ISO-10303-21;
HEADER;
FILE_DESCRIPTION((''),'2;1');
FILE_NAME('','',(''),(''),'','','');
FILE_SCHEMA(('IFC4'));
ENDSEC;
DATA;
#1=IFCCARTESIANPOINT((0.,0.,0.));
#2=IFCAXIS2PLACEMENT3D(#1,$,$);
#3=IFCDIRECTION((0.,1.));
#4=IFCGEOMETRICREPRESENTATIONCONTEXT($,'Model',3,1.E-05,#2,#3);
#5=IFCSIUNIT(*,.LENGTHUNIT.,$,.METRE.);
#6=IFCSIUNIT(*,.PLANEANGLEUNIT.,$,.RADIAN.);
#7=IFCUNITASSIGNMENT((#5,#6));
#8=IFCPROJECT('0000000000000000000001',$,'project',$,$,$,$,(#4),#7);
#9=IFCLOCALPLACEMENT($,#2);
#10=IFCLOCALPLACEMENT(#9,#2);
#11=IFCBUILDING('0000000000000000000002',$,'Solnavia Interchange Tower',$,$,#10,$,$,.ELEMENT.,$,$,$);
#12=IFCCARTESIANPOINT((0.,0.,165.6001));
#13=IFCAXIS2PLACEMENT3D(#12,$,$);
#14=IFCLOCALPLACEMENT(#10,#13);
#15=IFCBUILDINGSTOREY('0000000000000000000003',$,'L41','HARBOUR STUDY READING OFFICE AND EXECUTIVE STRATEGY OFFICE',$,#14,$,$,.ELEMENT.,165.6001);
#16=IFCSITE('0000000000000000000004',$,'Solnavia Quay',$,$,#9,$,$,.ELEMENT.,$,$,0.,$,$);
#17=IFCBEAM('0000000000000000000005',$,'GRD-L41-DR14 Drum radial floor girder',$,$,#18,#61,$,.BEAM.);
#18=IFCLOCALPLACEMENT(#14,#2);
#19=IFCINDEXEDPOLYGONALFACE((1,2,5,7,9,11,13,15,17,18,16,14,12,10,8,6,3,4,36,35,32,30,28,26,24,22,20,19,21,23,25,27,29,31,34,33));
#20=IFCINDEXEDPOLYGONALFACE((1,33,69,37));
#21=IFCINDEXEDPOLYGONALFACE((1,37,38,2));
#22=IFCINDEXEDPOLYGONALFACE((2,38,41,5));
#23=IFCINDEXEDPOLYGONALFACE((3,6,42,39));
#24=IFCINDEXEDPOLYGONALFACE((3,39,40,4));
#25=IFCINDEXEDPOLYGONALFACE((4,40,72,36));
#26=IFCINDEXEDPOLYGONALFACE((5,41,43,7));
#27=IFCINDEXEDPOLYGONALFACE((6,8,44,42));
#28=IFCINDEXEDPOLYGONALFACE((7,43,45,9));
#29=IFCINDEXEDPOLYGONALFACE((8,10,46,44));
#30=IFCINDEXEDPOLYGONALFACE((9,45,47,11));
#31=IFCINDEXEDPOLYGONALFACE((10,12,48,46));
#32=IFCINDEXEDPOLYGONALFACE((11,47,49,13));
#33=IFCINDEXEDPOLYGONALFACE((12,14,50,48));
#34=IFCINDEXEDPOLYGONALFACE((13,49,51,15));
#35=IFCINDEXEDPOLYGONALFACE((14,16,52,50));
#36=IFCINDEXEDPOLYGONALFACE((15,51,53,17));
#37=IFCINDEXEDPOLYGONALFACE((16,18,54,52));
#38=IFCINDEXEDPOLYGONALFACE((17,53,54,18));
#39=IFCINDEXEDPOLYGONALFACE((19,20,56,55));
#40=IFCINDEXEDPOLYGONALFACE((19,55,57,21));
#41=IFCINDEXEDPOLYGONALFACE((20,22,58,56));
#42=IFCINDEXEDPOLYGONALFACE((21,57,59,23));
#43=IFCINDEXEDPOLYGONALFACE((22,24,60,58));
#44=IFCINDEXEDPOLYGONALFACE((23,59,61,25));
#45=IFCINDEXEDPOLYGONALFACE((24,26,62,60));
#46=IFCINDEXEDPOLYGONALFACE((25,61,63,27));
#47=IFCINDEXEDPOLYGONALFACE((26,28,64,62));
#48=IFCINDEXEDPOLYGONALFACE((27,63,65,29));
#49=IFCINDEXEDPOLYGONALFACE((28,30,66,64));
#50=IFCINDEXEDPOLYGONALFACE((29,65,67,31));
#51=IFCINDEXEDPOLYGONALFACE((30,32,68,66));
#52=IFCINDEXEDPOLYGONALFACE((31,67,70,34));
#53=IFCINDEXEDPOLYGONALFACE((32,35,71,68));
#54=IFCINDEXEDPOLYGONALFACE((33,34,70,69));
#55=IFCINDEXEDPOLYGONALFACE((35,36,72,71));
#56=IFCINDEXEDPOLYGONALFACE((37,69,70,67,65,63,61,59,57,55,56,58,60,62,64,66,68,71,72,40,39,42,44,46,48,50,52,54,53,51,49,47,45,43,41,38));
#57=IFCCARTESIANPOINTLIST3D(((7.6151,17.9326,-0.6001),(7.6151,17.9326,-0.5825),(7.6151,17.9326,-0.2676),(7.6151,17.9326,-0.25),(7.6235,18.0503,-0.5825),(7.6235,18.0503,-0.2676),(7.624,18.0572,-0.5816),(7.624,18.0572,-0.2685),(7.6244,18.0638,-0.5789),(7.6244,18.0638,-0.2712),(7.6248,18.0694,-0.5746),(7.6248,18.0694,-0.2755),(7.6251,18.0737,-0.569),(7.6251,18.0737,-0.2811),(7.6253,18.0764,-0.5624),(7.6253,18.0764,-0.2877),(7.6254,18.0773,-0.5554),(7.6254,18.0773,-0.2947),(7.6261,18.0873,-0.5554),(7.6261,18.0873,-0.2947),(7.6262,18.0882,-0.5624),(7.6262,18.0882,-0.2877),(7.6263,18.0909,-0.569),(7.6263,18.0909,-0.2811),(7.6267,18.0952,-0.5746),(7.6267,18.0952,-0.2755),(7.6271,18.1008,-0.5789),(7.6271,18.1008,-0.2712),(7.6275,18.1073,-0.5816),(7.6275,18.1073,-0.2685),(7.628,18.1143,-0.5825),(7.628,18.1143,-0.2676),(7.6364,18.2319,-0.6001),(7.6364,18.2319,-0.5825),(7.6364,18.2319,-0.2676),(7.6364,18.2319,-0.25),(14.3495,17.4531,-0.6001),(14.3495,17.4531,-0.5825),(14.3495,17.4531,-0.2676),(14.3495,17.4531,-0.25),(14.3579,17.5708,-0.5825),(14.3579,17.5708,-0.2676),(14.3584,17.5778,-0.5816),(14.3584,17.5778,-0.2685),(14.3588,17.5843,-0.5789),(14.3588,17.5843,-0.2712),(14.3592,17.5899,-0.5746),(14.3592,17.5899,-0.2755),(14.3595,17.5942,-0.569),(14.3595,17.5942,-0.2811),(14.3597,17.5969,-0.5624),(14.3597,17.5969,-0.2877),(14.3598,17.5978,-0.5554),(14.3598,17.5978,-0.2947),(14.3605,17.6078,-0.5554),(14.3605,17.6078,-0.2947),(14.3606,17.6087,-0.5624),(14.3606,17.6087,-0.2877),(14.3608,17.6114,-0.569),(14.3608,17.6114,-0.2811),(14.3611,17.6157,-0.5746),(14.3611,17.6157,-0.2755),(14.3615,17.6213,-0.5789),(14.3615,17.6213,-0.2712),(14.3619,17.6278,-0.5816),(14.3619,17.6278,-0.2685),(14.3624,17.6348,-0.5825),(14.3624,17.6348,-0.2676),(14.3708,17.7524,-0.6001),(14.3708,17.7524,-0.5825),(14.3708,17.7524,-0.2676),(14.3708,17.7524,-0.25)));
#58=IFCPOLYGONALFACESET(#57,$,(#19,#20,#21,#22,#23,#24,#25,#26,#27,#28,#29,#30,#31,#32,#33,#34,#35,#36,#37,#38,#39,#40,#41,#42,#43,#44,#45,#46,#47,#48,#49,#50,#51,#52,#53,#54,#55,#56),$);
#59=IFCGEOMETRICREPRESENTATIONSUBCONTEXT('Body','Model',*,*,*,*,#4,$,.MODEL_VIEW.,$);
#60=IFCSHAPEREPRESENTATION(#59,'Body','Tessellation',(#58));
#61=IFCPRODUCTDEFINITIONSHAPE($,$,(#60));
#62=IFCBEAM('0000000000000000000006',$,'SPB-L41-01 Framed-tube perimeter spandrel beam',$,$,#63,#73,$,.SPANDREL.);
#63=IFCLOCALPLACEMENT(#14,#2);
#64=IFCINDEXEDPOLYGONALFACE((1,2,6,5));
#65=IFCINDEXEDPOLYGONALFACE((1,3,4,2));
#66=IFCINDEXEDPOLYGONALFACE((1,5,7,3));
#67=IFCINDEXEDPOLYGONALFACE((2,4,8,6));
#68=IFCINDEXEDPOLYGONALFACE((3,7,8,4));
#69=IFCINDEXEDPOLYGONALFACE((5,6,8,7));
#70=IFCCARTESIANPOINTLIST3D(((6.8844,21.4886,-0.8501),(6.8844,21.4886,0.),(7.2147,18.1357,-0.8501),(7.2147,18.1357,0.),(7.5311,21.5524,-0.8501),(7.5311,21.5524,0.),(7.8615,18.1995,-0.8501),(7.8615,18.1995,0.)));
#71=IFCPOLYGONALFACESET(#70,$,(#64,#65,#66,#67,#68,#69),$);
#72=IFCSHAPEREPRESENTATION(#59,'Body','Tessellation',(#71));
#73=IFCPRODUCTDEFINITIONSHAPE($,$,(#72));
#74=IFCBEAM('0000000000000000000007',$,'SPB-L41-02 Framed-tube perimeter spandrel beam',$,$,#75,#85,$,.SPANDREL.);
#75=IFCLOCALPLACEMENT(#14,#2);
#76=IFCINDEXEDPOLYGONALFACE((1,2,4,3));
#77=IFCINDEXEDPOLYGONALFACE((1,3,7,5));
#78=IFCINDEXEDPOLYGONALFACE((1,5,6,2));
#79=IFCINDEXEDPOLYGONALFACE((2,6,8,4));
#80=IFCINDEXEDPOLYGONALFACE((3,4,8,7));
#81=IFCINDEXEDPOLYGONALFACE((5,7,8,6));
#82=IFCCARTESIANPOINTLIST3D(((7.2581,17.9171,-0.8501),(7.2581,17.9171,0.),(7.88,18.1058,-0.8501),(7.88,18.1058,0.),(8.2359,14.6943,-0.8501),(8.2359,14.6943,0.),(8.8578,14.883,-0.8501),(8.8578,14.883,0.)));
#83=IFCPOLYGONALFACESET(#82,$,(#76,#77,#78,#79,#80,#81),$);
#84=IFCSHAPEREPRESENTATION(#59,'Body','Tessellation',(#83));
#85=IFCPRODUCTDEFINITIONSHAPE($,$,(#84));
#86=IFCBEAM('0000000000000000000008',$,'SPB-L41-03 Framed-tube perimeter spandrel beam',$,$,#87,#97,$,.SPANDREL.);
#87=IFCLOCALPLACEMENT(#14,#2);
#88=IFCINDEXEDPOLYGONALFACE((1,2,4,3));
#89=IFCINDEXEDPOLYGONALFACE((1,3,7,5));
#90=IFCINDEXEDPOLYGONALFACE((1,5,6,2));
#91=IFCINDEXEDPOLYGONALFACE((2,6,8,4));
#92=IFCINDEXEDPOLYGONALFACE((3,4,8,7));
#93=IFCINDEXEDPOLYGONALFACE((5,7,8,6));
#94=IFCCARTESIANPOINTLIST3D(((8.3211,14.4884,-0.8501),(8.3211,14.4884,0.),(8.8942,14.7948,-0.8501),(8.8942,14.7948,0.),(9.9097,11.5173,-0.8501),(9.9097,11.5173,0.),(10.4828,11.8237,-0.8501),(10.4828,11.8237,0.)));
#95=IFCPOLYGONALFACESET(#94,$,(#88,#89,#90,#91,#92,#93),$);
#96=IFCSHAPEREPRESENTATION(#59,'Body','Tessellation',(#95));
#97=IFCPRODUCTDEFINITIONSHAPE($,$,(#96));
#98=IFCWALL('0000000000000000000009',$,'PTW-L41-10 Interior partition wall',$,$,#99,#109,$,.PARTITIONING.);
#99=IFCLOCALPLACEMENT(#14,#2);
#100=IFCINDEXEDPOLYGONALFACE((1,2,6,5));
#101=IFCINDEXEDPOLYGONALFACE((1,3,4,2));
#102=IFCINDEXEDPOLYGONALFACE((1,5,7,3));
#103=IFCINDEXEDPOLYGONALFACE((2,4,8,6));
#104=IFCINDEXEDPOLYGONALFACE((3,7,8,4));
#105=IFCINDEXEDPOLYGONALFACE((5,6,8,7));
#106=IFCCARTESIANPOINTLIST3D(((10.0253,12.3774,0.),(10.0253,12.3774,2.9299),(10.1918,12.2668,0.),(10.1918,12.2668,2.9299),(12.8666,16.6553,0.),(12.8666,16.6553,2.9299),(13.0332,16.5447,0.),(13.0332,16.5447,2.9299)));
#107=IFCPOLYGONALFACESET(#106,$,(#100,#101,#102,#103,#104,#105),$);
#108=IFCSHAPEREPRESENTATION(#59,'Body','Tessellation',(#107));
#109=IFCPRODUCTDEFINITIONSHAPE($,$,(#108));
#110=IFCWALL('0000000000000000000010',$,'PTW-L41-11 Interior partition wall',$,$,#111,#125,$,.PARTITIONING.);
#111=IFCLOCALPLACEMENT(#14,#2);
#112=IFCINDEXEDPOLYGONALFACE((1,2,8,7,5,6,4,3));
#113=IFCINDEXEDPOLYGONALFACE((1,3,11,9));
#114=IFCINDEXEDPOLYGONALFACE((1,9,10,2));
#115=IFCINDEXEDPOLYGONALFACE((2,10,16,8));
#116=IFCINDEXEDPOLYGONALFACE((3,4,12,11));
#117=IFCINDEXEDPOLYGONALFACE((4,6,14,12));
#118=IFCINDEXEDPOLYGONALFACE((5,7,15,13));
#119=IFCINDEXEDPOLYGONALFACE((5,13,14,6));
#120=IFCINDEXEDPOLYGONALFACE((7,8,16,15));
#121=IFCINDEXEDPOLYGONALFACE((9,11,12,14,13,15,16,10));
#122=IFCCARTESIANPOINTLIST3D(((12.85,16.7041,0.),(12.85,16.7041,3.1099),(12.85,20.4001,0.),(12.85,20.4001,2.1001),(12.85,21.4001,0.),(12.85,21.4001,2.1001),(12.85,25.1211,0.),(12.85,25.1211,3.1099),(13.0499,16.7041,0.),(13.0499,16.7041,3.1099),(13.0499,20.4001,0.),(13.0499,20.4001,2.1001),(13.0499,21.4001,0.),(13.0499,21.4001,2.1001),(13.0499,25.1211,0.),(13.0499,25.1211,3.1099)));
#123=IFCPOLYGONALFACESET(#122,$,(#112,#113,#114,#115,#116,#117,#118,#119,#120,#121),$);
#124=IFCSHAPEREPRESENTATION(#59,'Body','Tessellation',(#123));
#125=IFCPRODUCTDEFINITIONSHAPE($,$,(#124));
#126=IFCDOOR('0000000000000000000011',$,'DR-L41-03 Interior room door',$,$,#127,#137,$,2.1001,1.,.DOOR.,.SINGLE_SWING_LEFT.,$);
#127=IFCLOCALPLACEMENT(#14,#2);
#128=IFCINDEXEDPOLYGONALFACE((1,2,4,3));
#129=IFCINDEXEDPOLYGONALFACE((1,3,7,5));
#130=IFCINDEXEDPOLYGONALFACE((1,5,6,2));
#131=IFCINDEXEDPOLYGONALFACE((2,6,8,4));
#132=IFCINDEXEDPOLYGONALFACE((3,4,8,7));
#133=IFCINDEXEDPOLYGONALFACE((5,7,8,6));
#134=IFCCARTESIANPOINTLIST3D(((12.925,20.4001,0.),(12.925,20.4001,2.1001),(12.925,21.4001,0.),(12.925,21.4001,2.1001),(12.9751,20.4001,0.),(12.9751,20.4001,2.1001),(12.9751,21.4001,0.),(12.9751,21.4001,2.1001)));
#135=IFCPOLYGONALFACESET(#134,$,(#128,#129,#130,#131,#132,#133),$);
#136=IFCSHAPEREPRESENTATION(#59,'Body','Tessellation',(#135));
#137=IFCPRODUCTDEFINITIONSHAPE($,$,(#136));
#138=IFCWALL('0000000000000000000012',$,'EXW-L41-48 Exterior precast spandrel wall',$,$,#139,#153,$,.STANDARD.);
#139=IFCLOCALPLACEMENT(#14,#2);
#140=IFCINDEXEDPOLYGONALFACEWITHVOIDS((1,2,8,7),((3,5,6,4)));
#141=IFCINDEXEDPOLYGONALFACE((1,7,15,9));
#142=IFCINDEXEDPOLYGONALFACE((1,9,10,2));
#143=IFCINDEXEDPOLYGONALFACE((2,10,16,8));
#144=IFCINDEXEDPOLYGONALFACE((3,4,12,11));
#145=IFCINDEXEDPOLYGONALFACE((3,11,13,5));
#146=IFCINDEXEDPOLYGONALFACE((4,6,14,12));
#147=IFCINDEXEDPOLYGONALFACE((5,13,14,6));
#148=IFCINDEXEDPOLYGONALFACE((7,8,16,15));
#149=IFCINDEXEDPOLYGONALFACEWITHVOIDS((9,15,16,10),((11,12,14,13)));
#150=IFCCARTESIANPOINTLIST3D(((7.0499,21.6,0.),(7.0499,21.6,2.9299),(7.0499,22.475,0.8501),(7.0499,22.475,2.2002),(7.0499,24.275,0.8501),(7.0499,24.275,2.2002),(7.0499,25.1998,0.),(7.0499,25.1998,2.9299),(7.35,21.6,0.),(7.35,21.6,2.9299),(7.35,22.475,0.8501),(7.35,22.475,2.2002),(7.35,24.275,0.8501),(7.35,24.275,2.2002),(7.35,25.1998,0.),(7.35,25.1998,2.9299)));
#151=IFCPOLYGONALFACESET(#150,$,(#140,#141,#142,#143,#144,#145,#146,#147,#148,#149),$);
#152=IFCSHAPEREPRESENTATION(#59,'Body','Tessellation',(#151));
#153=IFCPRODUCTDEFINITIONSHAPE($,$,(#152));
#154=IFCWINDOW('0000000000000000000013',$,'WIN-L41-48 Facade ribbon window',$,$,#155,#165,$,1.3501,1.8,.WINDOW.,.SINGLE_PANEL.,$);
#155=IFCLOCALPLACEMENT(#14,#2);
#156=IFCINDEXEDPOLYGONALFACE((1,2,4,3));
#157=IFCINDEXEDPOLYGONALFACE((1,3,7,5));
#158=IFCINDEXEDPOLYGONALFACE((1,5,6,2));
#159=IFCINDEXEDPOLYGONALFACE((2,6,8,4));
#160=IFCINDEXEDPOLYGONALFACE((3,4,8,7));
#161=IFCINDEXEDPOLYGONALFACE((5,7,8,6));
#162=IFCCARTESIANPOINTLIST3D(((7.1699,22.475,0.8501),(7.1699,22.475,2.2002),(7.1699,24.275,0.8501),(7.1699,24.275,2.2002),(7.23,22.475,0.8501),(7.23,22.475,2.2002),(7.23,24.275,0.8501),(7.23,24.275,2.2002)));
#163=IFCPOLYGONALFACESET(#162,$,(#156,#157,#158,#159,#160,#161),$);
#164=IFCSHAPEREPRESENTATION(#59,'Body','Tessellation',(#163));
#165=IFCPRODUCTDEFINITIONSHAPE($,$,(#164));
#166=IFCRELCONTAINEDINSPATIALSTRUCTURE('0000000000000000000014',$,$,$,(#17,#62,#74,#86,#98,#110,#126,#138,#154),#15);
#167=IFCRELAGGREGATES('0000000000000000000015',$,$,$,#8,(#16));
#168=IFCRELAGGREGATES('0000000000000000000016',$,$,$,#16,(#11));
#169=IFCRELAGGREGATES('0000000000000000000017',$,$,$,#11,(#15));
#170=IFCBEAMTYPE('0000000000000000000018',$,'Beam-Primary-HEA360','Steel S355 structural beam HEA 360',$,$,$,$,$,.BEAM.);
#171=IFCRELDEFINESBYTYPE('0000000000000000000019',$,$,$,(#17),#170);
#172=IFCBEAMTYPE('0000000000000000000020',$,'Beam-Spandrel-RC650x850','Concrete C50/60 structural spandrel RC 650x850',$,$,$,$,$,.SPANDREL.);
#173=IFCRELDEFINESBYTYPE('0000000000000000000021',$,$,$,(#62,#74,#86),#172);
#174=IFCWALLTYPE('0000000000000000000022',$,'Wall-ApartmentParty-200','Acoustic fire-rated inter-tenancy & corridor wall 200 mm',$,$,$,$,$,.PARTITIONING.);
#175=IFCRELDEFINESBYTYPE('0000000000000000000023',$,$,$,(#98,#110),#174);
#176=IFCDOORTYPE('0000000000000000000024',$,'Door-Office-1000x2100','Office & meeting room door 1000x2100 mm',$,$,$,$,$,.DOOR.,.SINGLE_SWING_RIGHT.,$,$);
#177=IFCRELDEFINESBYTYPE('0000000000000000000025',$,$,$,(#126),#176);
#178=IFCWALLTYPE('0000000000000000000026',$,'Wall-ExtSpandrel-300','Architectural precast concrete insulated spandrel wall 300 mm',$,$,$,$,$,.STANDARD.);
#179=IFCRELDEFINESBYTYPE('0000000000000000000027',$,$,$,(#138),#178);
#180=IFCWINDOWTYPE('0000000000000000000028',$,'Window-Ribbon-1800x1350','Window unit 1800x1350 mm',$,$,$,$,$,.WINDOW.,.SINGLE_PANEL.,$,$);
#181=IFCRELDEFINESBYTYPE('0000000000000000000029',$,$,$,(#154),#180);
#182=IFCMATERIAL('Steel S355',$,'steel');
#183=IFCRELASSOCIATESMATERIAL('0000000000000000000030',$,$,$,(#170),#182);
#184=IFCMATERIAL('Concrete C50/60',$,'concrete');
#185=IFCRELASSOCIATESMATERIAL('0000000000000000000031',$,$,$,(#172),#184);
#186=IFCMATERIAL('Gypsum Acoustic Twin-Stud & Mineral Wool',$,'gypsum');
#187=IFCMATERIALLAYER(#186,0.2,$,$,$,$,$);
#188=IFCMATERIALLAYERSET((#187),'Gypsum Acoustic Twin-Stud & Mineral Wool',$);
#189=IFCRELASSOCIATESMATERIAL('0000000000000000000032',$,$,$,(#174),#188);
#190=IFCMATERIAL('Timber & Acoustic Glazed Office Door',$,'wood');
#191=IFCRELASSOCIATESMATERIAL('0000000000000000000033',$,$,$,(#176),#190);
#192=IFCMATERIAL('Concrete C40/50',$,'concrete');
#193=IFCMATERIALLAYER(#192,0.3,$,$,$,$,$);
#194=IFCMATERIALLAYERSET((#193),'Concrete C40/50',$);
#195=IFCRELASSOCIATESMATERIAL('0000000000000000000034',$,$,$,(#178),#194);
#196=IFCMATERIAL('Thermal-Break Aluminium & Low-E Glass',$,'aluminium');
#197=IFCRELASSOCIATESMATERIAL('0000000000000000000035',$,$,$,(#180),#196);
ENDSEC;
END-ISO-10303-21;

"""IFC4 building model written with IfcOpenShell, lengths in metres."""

from ifc_helpers import new_model, si_unit, direction, frame, frame_2d, origin, origin_2d, place, context, subcontext, project, spatial, rectangle, i_section, extrude, material, layer, layer_set, material_profile, profile_set, type_object, element, fill, save


model = new_model("IFC4")

# Units and contexts
model_context = context("Model", 3, precision=1e-05, world=origin(), true_north=direction((0.0, 1.0)))
body_context = subcontext(model_context, "Body", "Model", "MODEL_VIEW")
ifc_project = project(units=[si_unit("LENGTHUNIT", "METRE"), si_unit("PLANEANGLEUNIT", "RADIAN")], contexts=[model_context])

# Site, building, storey
site_placement = place(None, origin())
site = spatial("IfcSite", under=ifc_project, at=site_placement, Name="Solnavia Quay", CompositionType="ELEMENT", RefElevation=0.0)
building_placement = place(site_placement, origin())
building = spatial("IfcBuilding", under=site, at=building_placement, Name="Solnavia Interchange Tower", CompositionType="ELEMENT")
storey_placement = place(building_placement, frame((0.0, 0.0, 165.6001)))
storey = spatial("IfcBuildingStorey", under=building, at=storey_placement, Name="L41", Description="HARBOUR STUDY READING OFFICE AND EXECUTIVE STRATEGY OFFICE", CompositionType="ELEMENT", Elevation=165.6001)

# Shared definitions
ifc_material_1 = material(Name="Concrete C50/60", Category="concrete")

# Beams
ifc_material_2 = material(Name="Steel S355", Category="steel")
ifc_material_profile_1 = material_profile(ifc_material_2, i_section(OverallWidth=0.3, OverallDepth=0.3501, WebThickness=0.01, FlangeThickness=0.0176, FilletRadius=0.0271, at=origin_2d()), Name="HEA 360")
ifc_profile_set_1 = profile_set([ifc_material_profile_1], Name="Steel S355")
beam_type_1 = type_object("IfcBeamType", Name="Beam-Primary-HEA360", Description="Steel S355 structural beam HEA 360", PredefinedType="BEAM", material=ifc_profile_set_1)
beam_1_placement = place(storey_placement, frame((7.6257, 18.0823, -0.425), z_axis=(0.997475, -0.071021, 0.0), x_axis=(0.071021, 0.997475, 0.0)))
element("IfcBeam", 1, at=beam_1_placement, inside=storey, type_object=beam_type_1, Name="GRD-L41-DR14 Drum radial floor girder", PredefinedType="BEAM", context=body_context, shape_type="SweptSolid", body=[
    extrude(i_section(OverallWidth=0.3, OverallDepth=0.3501, WebThickness=0.01, FlangeThickness=0.0176, FilletRadius=0.0271, at=origin_2d()), origin(), (0.0, 0.0, 1.0), 6.7515),
])
ifc_material_profile_2 = material_profile(ifc_material_1, rectangle(XDim=0.6499, YDim=0.8501, at=origin_2d()), Name="RC 650x850")
ifc_profile_set_2 = profile_set([ifc_material_profile_2], Name="Concrete C50/60")
beam_type_2 = type_object("IfcBeamType", Name="Beam-Spandrel-RC650x850", Description="Concrete C50/60 structural spandrel RC 650x850", PredefinedType="SPANDREL", material=ifc_profile_set_2)
beam_2_placement = place(storey_placement, frame((7.2078, 21.5205, -0.425), z_axis=(0.09804, -0.995182, 0.0), x_axis=(0.995182, 0.09804, 0.0)))
element("IfcBeam", 2, at=beam_2_placement, inside=storey, type_object=beam_type_2, Name="SPB-L41-01 Framed-tube perimeter spandrel beam", PredefinedType="SPANDREL", context=body_context, shape_type="SweptSolid", body=[
    extrude(rectangle(XDim=0.6499, YDim=0.8501, at=origin_2d()), origin(), (0.0, 0.0, 1.0), 3.3691),
])
beam_3_placement = place(storey_placement, frame((7.5691, 18.0115, -0.425), z_axis=(0.290319, -0.95693, 0.0), x_axis=(0.95693, 0.290319, 0.0)))
element("IfcBeam", 3, at=beam_3_placement, inside=storey, type_object=beam_type_2, Name="SPB-L41-02 Framed-tube perimeter spandrel beam", PredefinedType="SPANDREL", context=body_context, shape_type="SweptSolid", body=[
    extrude(rectangle(XDim=0.6499, YDim=0.8501, at=origin_2d()), origin(), (0.0, 0.0, 1.0), 3.3679),
])
beam_4_placement = place(storey_placement, frame((8.6077, 14.6416, -0.425), z_axis=(0.471509, -0.881861, 0.0), x_axis=(0.881861, 0.471509, 0.0)))
element("IfcBeam", 4, at=beam_4_placement, inside=storey, type_object=beam_type_2, Name="SPB-L41-03 Framed-tube perimeter spandrel beam", PredefinedType="SPANDREL", context=body_context, shape_type="SweptSolid", body=[
    extrude(rectangle(XDim=0.6499, YDim=0.8501, at=origin_2d()), origin(), (0.0, 0.0, 1.0), 3.3691),
])

# Wall
ifc_material_3 = material(Name="Gypsum Acoustic Twin-Stud & Mineral Wool", Category="gypsum")
ifc_layer_1 = layer(ifc_material_3, 0.2)
ifc_layer_set_1 = layer_set([ifc_layer_1], Name="Gypsum Acoustic Twin-Stud & Mineral Wool")
wall_type_1 = type_object("IfcWallType", Name="Wall-ApartmentParty-200", Description="Acoustic fire-rated inter-tenancy & corridor wall 200 mm", PredefinedType="PARTITIONING", material=ifc_layer_set_1)
wall_1_placement = place(storey_placement, frame((12.95, 16.6001, 0.0), z_axis=(0.0, 0.0, 1.0), x_axis=(-0.553273, -0.833, 0.0)))
element("IfcWall", 5, at=wall_1_placement, inside=storey, type_object=wall_type_1, Name="PTW-L41-10 Interior partition wall", PredefinedType="PARTITIONING", context=body_context, shape_type="SweptSolid", body=[
    extrude(rectangle(XDim=5.1355, YDim=0.2, at=frame_2d((2.5679, 0.0))), origin(), (0.0, 0.0, 1.0), 2.9299),
])

# Wall, opening, door
wall_2_placement = place(storey_placement, frame((12.95, 16.7041, 0.0), z_axis=(0.0, 0.0, 1.0), x_axis=(0.0, 1.0, 0.0)))
wall_2 = element("IfcWall", 6, at=wall_2_placement, inside=storey, type_object=wall_type_1, Name="PTW-L41-11 Interior partition wall", PredefinedType="PARTITIONING", context=body_context, shape_type="SweptSolid", body=[
    extrude(rectangle(XDim=8.417, YDim=0.2, at=frame_2d((4.2085, 0.0))), origin(), (0.0, 0.0, 1.0), 3.1099),
])
opening_1_placement = place(wall_2_placement, frame((3.696, 0.0, 0.0)))
opening_1 = element("IfcOpeningElement", 7, at=opening_1_placement, cuts=wall_2, PredefinedType="OPENING", context=body_context, shape_type="SweptSolid", body=[
    extrude(rectangle(XDim=1.0, YDim=2.1001, at=frame_2d((0.5, 1.05))), frame((0.0, 0.1099, 0.0), z_axis=(0.0, -1.0, 0.0), x_axis=(1.0, 0.0, 0.0)), (0.0, 0.0, 1.0), 0.22),
])
ifc_material_4 = material(Name="Timber & Acoustic Glazed Office Door", Category="wood")
door_type_1 = type_object("IfcDoorType", Name="Door-Office-1000x2100", Description="Office & meeting room door 1000x2100 mm", OperationType="SINGLE_SWING_RIGHT", PredefinedType="DOOR", material=ifc_material_4)
door_1_placement = place(opening_1_placement, origin())
door_1 = element("IfcDoor", 8, at=door_1_placement, inside=storey, type_object=door_type_1, Name="DR-L41-03 Interior room door", OperationType="SINGLE_SWING_LEFT", OverallHeight=2.1001, OverallWidth=1.0, PredefinedType="DOOR", context=body_context, shape_type="SweptSolid", body=[
    extrude(rectangle(XDim=1.0, YDim=2.1001, at=frame_2d((0.5, 1.05))), frame((0.0, 0.0249, 0.0), z_axis=(0.0, -1.0, 0.0), x_axis=(1.0, 0.0, 0.0)), (0.0, 0.0, 1.0), 0.05),
])
fill(opening_1, door_1)

# Wall, opening, window
ifc_material_5 = material(Name="Concrete C40/50", Category="concrete")
ifc_layer_2 = layer(ifc_material_5, 0.3)
ifc_layer_set_2 = layer_set([ifc_layer_2], Name="Concrete C40/50")
wall_type_2 = type_object("IfcWallType", Name="Wall-ExtSpandrel-300", Description="Architectural precast concrete insulated spandrel wall 300 mm", PredefinedType="STANDARD", material=ifc_layer_set_2)
wall_3_placement = place(storey_placement, frame((7.2, 21.6001, 0.0), z_axis=(0.0, 0.0, 1.0), x_axis=(0.0, 1.0, 0.0)))
wall_3 = element("IfcWall", 9, at=wall_3_placement, inside=storey, type_object=wall_type_2, Name="EXW-L41-48 Exterior precast spandrel wall", PredefinedType="STANDARD", context=body_context, shape_type="SweptSolid", body=[
    extrude(rectangle(XDim=3.5999, YDim=0.3, at=frame_2d((1.7998, 0.0))), origin(), (0.0, 0.0, 1.0), 2.9299),
])
opening_2_placement = place(wall_3_placement, frame((0.875, 0.0, 0.8501)))
opening_2 = element("IfcOpeningElement", 10, at=opening_2_placement, cuts=wall_3, PredefinedType="OPENING", context=body_context, shape_type="SweptSolid", body=[
    extrude(rectangle(XDim=1.8, YDim=1.3501, at=frame_2d((0.8999, 0.675))), frame((0.0, 0.1602, 0.0), z_axis=(0.0, -1.0, 0.0), x_axis=(1.0, 0.0, 0.0)), (0.0, 0.0, 1.0), 0.3201),
])
ifc_material_6 = material(Name="Thermal-Break Aluminium & Low-E Glass", Category="aluminium")
window_type_1 = type_object("IfcWindowType", Name="Window-Ribbon-1800x1350", Description="Window unit 1800x1350 mm", PartitioningType="SINGLE_PANEL", PredefinedType="WINDOW", material=ifc_material_6)
window_1_placement = place(opening_2_placement, origin())
window_1 = element("IfcWindow", 11, at=window_1_placement, inside=storey, type_object=window_type_1, Name="WIN-L41-48 Facade ribbon window", OverallHeight=1.3501, OverallWidth=1.8, PartitioningType="SINGLE_PANEL", PredefinedType="WINDOW", context=body_context, shape_type="SweptSolid", body=[
    extrude(rectangle(XDim=1.8, YDim=1.3501, at=frame_2d((0.8999, 0.675))), frame((0.0, 0.03, 0.0), z_axis=(0.0, -1.0, 0.0), x_axis=(1.0, 0.0, 0.0)), (0.0, 0.0, 1.0), 0.0601),
])
fill(opening_2, window_1)

save(model, "model.ifc")
